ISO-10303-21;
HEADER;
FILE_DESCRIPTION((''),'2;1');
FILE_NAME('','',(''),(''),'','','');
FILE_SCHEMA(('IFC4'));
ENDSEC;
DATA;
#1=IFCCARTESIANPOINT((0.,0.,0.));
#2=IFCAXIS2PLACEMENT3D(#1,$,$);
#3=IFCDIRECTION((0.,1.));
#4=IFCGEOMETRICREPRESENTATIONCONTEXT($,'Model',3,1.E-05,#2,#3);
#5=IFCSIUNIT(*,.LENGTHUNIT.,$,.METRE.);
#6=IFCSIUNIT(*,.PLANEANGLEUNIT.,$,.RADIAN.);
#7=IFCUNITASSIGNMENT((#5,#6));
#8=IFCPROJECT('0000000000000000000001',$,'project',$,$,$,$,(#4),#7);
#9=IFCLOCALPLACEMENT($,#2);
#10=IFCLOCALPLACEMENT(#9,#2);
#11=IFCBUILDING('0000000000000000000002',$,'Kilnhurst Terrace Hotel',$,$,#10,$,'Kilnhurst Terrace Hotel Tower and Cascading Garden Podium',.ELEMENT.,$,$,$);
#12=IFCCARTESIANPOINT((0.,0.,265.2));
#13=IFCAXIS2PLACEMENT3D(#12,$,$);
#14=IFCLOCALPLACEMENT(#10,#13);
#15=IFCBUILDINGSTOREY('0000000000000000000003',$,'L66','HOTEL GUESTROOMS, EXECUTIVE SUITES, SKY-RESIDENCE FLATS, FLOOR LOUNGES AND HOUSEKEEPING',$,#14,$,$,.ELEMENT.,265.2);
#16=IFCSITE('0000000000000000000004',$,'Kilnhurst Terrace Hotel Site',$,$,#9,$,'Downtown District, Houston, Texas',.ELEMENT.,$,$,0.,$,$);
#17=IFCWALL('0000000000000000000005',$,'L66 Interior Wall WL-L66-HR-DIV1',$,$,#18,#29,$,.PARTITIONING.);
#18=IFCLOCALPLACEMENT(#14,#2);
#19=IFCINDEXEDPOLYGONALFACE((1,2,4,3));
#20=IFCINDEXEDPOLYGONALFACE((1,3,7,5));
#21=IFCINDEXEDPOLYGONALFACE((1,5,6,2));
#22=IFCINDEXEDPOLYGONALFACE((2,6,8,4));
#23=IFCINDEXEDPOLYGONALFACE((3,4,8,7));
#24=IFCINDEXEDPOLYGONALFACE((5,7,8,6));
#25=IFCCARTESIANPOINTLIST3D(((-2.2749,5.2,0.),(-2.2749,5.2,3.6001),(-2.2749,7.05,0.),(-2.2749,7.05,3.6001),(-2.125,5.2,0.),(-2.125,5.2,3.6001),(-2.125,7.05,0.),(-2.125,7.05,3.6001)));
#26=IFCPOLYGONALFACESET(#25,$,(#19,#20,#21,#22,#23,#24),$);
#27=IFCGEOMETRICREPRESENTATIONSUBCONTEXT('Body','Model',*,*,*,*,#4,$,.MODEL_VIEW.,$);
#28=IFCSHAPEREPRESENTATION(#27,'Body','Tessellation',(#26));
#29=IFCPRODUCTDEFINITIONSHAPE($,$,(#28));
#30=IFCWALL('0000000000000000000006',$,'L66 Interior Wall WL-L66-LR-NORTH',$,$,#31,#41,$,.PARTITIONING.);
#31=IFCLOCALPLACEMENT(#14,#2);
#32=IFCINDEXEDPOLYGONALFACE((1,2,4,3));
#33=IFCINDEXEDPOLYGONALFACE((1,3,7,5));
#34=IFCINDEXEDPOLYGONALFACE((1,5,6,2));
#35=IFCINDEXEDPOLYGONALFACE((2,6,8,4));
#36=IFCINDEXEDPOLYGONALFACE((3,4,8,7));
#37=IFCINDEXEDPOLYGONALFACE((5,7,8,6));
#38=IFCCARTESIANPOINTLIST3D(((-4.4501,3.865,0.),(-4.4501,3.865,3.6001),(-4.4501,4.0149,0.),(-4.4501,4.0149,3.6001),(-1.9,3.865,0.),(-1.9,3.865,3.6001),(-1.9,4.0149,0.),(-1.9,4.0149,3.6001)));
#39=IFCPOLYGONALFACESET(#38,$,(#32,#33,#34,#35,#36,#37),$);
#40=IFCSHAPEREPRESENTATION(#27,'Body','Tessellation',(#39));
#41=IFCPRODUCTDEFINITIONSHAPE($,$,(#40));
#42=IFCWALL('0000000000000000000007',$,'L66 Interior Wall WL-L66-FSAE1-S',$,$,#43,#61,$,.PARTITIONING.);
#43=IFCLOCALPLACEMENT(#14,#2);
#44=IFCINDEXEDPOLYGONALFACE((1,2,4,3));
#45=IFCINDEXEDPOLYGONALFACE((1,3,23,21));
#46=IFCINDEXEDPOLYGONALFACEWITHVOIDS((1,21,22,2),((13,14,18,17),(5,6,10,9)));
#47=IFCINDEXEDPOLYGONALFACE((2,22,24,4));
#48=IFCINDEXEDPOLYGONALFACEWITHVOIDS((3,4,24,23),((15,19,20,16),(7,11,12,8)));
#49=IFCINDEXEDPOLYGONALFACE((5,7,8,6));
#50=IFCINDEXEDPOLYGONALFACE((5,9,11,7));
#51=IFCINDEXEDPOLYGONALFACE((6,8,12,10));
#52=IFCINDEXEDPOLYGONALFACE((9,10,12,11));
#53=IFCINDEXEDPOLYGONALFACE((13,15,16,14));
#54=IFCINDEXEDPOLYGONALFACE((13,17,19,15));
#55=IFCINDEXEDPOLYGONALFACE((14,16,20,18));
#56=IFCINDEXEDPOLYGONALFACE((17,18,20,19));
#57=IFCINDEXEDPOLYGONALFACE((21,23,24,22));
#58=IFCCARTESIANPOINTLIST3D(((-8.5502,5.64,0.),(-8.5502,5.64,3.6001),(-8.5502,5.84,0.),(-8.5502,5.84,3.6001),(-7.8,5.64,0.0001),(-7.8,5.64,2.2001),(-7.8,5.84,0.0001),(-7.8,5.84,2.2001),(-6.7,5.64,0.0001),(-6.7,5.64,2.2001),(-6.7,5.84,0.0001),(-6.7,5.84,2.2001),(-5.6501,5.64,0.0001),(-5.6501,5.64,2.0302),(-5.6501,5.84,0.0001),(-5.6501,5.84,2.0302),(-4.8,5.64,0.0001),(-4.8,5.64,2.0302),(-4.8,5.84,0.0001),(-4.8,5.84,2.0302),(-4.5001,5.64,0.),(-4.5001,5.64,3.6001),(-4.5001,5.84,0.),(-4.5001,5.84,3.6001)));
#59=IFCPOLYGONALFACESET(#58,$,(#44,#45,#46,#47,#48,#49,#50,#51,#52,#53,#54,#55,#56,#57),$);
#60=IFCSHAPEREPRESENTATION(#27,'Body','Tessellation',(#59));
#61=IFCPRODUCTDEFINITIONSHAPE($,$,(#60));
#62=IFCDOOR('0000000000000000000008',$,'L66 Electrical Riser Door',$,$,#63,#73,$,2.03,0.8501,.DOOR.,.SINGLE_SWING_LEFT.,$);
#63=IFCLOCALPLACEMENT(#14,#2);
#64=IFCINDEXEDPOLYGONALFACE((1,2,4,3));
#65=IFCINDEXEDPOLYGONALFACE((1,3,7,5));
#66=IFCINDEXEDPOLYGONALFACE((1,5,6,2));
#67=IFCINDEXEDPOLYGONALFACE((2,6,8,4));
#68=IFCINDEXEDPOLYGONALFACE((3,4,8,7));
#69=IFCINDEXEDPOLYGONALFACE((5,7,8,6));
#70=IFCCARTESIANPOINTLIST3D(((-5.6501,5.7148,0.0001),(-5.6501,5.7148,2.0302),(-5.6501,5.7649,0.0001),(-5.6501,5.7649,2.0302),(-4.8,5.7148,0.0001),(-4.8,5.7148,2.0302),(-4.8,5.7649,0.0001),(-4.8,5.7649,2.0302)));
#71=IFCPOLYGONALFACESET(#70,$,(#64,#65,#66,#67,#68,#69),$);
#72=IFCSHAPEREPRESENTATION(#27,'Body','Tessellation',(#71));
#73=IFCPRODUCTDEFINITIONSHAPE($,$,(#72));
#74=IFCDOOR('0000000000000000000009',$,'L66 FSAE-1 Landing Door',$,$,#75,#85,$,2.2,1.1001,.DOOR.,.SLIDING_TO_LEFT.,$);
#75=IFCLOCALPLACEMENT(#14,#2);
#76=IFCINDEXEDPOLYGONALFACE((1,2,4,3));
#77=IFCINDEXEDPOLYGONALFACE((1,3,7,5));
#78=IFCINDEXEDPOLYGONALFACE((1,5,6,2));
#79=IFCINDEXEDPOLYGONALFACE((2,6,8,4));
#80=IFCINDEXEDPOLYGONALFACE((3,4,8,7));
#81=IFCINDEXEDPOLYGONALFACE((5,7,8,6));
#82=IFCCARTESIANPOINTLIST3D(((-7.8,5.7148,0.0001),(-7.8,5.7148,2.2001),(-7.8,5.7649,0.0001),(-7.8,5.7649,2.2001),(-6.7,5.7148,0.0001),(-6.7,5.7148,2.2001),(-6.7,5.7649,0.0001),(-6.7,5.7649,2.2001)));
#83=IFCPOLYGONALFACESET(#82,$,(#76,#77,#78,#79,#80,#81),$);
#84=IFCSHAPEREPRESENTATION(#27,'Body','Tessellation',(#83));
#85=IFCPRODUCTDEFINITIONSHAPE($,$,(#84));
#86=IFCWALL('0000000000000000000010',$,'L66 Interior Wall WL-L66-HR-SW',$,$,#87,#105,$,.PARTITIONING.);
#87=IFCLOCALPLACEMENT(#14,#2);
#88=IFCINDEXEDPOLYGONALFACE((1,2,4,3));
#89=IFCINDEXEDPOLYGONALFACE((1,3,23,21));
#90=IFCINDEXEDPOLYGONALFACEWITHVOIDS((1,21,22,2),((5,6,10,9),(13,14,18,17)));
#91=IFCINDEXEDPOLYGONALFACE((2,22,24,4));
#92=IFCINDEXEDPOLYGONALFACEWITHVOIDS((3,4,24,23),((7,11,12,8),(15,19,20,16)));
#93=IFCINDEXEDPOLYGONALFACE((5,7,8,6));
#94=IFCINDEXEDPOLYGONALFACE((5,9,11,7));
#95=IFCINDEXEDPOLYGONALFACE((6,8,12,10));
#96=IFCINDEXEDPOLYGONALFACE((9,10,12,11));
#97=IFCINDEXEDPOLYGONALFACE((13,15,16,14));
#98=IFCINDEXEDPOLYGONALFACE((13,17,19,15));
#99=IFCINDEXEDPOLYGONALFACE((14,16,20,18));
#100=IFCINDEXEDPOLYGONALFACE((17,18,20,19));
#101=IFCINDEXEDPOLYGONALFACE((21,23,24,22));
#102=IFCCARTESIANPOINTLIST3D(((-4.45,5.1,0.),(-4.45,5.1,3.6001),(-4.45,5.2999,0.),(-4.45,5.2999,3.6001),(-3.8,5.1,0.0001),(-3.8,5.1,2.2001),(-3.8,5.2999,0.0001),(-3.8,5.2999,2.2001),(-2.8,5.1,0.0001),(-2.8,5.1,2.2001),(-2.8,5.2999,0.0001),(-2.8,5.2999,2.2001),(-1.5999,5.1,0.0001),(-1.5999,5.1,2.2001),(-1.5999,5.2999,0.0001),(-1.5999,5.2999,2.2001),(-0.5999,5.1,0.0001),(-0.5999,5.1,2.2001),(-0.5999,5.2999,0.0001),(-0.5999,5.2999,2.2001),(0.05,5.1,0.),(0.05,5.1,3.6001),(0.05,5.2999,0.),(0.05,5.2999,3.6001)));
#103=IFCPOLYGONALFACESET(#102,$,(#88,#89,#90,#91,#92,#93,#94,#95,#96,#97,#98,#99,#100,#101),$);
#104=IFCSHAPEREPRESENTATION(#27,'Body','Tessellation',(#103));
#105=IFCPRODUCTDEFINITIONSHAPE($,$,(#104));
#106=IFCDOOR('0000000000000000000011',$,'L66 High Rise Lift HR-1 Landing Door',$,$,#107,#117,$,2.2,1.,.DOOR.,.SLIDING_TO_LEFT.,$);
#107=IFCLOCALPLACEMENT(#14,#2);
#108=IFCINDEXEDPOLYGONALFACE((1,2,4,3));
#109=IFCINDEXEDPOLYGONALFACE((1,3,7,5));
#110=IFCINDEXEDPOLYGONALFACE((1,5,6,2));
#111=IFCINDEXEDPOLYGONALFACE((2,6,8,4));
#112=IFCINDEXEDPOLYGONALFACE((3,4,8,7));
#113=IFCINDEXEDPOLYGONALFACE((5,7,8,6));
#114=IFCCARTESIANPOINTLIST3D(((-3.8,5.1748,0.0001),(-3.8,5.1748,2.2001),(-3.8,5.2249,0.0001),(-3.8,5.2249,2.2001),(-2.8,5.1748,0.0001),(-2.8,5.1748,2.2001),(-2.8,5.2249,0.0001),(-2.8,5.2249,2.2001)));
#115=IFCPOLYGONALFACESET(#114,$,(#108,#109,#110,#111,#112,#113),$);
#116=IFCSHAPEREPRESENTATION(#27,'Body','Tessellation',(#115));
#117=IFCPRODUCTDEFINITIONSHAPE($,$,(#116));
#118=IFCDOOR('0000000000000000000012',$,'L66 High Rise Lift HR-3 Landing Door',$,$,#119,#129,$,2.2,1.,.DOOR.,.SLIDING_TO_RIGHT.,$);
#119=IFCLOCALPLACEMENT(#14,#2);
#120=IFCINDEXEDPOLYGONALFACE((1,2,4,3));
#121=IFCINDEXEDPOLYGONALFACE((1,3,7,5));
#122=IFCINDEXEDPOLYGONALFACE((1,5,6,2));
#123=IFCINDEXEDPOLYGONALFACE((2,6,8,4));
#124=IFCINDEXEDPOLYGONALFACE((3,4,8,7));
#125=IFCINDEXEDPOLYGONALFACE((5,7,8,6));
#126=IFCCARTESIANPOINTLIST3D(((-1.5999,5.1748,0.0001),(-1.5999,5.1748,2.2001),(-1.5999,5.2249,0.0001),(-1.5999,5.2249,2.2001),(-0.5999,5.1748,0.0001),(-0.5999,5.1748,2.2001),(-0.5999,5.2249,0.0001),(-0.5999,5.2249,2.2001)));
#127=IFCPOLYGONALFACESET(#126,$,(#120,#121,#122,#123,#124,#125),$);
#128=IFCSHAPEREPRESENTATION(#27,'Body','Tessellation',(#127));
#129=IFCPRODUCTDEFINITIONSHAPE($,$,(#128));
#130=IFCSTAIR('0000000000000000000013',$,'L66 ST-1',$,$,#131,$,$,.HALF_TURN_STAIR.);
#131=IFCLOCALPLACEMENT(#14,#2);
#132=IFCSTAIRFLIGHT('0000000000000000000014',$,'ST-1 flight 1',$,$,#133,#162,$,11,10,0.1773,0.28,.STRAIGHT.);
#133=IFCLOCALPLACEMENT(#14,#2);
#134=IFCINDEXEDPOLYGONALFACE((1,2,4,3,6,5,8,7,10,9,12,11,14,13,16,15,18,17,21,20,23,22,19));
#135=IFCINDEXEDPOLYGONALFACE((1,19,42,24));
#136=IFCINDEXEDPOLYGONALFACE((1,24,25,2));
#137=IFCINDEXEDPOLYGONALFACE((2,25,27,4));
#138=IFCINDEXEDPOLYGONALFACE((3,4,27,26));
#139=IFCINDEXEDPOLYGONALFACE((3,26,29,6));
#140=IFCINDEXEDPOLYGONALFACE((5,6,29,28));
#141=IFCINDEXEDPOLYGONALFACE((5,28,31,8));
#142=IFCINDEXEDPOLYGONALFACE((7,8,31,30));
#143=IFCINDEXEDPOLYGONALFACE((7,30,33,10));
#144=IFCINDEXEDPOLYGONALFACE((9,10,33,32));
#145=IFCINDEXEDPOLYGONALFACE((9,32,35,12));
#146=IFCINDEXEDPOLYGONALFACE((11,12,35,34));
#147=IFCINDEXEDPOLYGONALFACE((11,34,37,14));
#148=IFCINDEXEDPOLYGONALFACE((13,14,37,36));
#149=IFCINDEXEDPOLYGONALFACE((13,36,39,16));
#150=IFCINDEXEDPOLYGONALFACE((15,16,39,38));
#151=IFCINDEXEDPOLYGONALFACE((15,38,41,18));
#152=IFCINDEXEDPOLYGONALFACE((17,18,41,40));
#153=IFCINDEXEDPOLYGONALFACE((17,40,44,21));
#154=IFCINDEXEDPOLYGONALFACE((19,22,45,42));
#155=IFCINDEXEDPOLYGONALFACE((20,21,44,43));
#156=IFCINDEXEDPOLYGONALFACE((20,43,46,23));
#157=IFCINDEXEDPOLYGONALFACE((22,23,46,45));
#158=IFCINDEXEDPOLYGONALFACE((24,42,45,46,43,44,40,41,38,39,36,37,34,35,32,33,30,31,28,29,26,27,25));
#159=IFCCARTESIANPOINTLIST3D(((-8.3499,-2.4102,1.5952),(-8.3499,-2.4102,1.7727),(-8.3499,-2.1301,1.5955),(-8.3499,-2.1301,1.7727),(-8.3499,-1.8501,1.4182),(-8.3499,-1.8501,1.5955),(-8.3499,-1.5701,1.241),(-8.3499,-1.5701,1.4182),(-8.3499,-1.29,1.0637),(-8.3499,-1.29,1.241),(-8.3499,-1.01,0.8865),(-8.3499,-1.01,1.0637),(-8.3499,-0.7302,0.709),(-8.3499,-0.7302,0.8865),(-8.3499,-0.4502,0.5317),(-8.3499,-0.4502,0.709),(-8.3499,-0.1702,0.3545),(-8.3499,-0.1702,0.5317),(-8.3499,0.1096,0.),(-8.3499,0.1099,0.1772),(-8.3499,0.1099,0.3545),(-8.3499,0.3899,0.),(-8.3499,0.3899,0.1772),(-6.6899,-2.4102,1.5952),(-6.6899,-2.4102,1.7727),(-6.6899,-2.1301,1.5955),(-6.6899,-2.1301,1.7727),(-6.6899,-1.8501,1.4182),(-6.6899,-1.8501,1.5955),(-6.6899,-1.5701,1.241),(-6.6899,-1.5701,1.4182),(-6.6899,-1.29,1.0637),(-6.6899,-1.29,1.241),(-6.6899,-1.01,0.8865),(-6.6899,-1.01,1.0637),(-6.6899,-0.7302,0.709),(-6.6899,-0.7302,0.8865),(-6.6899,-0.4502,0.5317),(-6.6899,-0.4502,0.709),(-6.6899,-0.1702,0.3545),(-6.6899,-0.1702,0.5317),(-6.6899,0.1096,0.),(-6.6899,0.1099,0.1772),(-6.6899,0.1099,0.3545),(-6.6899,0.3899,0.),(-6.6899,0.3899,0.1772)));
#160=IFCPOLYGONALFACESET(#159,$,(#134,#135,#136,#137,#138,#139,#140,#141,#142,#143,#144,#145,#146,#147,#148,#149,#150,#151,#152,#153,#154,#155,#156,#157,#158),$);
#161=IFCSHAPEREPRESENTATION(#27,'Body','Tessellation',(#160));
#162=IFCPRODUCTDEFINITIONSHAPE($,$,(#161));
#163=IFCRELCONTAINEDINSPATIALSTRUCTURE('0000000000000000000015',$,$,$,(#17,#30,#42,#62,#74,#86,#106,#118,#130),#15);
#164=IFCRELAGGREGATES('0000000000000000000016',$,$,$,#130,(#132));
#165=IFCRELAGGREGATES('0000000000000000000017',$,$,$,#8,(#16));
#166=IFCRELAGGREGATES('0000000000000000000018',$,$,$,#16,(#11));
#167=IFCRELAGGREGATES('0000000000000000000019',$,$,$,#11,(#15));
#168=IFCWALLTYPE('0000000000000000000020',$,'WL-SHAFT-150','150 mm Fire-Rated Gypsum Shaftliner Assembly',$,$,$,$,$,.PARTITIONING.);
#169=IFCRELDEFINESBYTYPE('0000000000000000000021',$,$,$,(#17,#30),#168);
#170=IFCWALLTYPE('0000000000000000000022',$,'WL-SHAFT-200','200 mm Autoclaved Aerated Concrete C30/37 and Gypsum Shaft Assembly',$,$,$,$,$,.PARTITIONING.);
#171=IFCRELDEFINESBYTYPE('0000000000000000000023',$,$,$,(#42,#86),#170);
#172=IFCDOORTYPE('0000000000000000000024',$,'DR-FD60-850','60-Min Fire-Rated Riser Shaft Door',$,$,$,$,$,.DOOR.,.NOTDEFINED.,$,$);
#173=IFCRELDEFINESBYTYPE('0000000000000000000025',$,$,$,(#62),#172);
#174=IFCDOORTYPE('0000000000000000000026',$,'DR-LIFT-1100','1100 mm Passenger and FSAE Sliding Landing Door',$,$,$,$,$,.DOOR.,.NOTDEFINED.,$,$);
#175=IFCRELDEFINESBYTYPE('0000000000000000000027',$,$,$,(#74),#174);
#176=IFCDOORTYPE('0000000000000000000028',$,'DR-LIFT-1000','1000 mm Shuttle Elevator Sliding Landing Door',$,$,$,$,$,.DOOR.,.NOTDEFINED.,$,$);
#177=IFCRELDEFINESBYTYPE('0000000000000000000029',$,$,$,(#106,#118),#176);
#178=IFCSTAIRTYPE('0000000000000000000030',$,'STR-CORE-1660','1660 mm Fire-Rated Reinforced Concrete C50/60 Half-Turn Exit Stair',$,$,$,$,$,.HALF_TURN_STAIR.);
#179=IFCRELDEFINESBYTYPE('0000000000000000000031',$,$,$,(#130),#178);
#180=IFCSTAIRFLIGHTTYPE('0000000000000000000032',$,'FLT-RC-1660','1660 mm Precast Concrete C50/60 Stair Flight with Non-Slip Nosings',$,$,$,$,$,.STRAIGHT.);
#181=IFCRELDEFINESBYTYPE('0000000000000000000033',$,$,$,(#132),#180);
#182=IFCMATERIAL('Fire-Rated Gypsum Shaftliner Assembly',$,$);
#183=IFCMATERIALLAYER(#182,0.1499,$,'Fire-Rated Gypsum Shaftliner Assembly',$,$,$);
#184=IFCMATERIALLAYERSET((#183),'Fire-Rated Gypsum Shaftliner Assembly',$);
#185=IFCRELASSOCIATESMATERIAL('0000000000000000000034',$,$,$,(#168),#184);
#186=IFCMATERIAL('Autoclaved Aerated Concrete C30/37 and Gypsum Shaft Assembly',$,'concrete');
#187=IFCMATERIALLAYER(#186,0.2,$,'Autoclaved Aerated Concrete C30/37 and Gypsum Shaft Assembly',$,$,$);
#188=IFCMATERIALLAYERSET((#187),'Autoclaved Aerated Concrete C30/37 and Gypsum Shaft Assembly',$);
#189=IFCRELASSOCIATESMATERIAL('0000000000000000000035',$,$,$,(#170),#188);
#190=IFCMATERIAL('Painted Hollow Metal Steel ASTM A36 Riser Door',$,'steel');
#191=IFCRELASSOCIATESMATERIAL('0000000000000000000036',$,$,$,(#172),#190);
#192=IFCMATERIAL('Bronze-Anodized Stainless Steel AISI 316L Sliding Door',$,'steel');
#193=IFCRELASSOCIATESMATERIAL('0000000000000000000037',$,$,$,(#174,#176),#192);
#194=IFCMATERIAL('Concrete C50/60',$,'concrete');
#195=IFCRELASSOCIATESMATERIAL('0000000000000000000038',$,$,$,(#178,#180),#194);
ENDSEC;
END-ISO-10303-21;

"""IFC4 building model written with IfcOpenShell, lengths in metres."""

from ifc_helpers import new_model, si_unit, direction, frame, frame_2d, origin, place, context, subcontext, project, spatial, polyline, rectangle, outline, extrude, material, layer, layer_set, type_object, element, fill, aggregate, save


model = new_model("IFC4")

# Units and contexts
model_context = context("Model", 3, precision=1e-05, world=origin(), true_north=direction((0.0, 1.0)))
body_context = subcontext(model_context, "Body", "Model", "MODEL_VIEW")
ifc_project = project(units=[si_unit("LENGTHUNIT", "METRE"), si_unit("PLANEANGLEUNIT", "RADIAN")], contexts=[model_context])

# Site, building, storey
site_placement = place(None, origin())
site = spatial("IfcSite", under=ifc_project, at=site_placement, Name="Kilnhurst Terrace Hotel Site", LongName="Downtown District, Houston, Texas", CompositionType="ELEMENT", RefElevation=0.0)
building_placement = place(site_placement, origin())
building = spatial("IfcBuilding", under=site, at=building_placement, Name="Kilnhurst Terrace Hotel", LongName="Kilnhurst Terrace Hotel Tower and Cascading Garden Podium", CompositionType="ELEMENT")
storey_placement = place(building_placement, frame((0.0, 0.0, 265.2)))
storey = spatial("IfcBuildingStorey", under=building, at=storey_placement, Name="L66", Description="HOTEL GUESTROOMS, EXECUTIVE SUITES, SKY-RESIDENCE FLATS, FLOOR LOUNGES AND HOUSEKEEPING", CompositionType="ELEMENT", Elevation=265.2)

# Shared definitions
ifc_material_1 = material(Name="Concrete C50/60", Category="concrete")

# Walls
ifc_material_2 = material(Name="Fire-Rated Gypsum Shaftliner Assembly")
ifc_layer_1 = layer(ifc_material_2, 0.1499, Name="Fire-Rated Gypsum Shaftliner Assembly")
ifc_layer_set_1 = layer_set([ifc_layer_1], Name="Fire-Rated Gypsum Shaftliner Assembly")
wall_type_1 = type_object("IfcWallType", Name="WL-SHAFT-150", Description="150 mm Fire-Rated Gypsum Shaftliner Assembly", PredefinedType="PARTITIONING", material=ifc_layer_set_1)
wall_1_placement = place(storey_placement, frame((-2.2, 5.2, 0.0), z_axis=(0.0, 0.0, 1.0), x_axis=(0.0, 1.0, 0.0)))
element("IfcWall", 1, at=wall_1_placement, inside=storey, type_object=wall_type_1, Name="L66 Interior Wall WL-L66-HR-DIV1", PredefinedType="PARTITIONING", context=body_context, shape_type="SweptSolid", body=[
    extrude(rectangle(XDim=1.8501, YDim=0.1499, at=frame_2d((0.925, 0.0))), origin(), (0.0, 0.0, 1.0), 3.6001),
])
wall_2_placement = place(storey_placement, frame((-4.45, 3.9399, 0.0), z_axis=(0.0, 0.0, 1.0), x_axis=(1.0, 0.0, 0.0)))
element("IfcWall", 2, at=wall_2_placement, inside=storey, type_object=wall_type_1, Name="L66 Interior Wall WL-L66-LR-NORTH", PredefinedType="PARTITIONING", context=body_context, shape_type="SweptSolid", body=[
    extrude(rectangle(XDim=2.55, YDim=0.1499, at=frame_2d((1.2749, 0.0))), origin(), (0.0, 0.0, 1.0), 3.6001),
])

# Walls, openings, doors
ifc_material_3 = material(Name="Autoclaved Aerated Concrete C30/37 and Gypsum Shaft Assembly", Category="concrete")
ifc_layer_2 = layer(ifc_material_3, 0.2, Name="Autoclaved Aerated Concrete C30/37 and Gypsum Shaft Assembly")
ifc_layer_set_2 = layer_set([ifc_layer_2], Name="Autoclaved Aerated Concrete C30/37 and Gypsum Shaft Assembly")
wall_type_2 = type_object("IfcWallType", Name="WL-SHAFT-200", Description="200 mm Autoclaved Aerated Concrete C30/37 and Gypsum Shaft Assembly", PredefinedType="PARTITIONING", material=ifc_layer_set_2)
wall_3_placement = place(storey_placement, frame((-8.55, 5.74, 0.0), z_axis=(0.0, 0.0, 1.0), x_axis=(1.0, 0.0, 0.0)))
wall_3 = element("IfcWall", 3, at=wall_3_placement, inside=storey, type_object=wall_type_2, Name="L66 Interior Wall WL-L66-FSAE1-S", PredefinedType="PARTITIONING", context=body_context, shape_type="SweptSolid", body=[
    extrude(rectangle(XDim=4.05, YDim=0.2, at=frame_2d((2.0249, 0.0))), origin(), (0.0, 0.0, 1.0), 3.6001),
])
opening_1_placement = place(wall_3_placement, frame((0.75, 0.0, 0.0)))
opening_1 = element("IfcOpeningElement", 4, at=opening_1_placement, cuts=wall_3, PredefinedType="OPENING", context=body_context, shape_type="SweptSolid", body=[
    extrude(rectangle(XDim=1.1001, YDim=2.2, at=frame_2d((0.55, 1.1001))), frame((0.0, 0.1099, 0.0), z_axis=(0.0, -1.0, 0.0), x_axis=(1.0, 0.0, 0.0)), (0.0, 0.0, 1.0), 0.22),
])
opening_2_placement = place(wall_3_placement, frame((2.8999, 0.0, 0.0)))
opening_2 = element("IfcOpeningElement", 5, at=opening_2_placement, cuts=wall_3, PredefinedType="OPENING", context=body_context, shape_type="SweptSolid", body=[
    extrude(rectangle(XDim=0.8501, YDim=2.03, at=frame_2d((0.425, 1.0151))), frame((0.0, 0.1099, 0.0), z_axis=(0.0, -1.0, 0.0), x_axis=(1.0, 0.0, 0.0)), (0.0, 0.0, 1.0), 0.22),
])
ifc_material_4 = material(Name="Painted Hollow Metal Steel ASTM A36 Riser Door", Category="steel")
door_type_1 = type_object("IfcDoorType", Name="DR-FD60-850", Description="60-Min Fire-Rated Riser Shaft Door", OperationType="NOTDEFINED", PredefinedType="DOOR", material=ifc_material_4)
door_1_placement = place(opening_2_placement, origin())
door_1 = element("IfcDoor", 6, at=door_1_placement, inside=storey, type_object=door_type_1, Name="L66 Electrical Riser Door", OperationType="SINGLE_SWING_LEFT", OverallHeight=2.03, OverallWidth=0.8501, PredefinedType="DOOR", context=body_context, shape_type="SweptSolid", body=[
    extrude(rectangle(XDim=0.8501, YDim=2.03, at=frame_2d((0.425, 1.0151))), frame((0.0, 0.0249, 0.0), z_axis=(0.0, -1.0, 0.0), x_axis=(1.0, 0.0, 0.0)), (0.0, 0.0, 1.0), 0.05),
])
fill(opening_2, door_1)
ifc_material_5 = material(Name="Bronze-Anodized Stainless Steel AISI 316L Sliding Door", Category="steel")
door_type_2 = type_object("IfcDoorType", Name="DR-LIFT-1100", Description="1100 mm Passenger and FSAE Sliding Landing Door", OperationType="NOTDEFINED", PredefinedType="DOOR", material=ifc_material_5)
door_2_placement = place(opening_1_placement, origin())
door_2 = element("IfcDoor", 7, at=door_2_placement, inside=storey, type_object=door_type_2, Name="L66 FSAE-1 Landing Door", OperationType="SLIDING_TO_LEFT", OverallHeight=2.2, OverallWidth=1.1001, PredefinedType="DOOR", context=body_context, shape_type="SweptSolid", body=[
    extrude(rectangle(XDim=1.1001, YDim=2.2, at=frame_2d((0.55, 1.1001))), frame((0.0, 0.0249, 0.0), z_axis=(0.0, -1.0, 0.0), x_axis=(1.0, 0.0, 0.0)), (0.0, 0.0, 1.0), 0.05),
])
fill(opening_1, door_2)
wall_4_placement = place(storey_placement, frame((-4.45, 5.2, 0.0), z_axis=(0.0, 0.0, 1.0), x_axis=(1.0, 0.0, 0.0)))
wall_4 = element("IfcWall", 8, at=wall_4_placement, inside=storey, type_object=wall_type_2, Name="L66 Interior Wall WL-L66-HR-SW", PredefinedType="PARTITIONING", context=body_context, shape_type="SweptSolid", body=[
    extrude(rectangle(XDim=4.5, YDim=0.2, at=frame_2d((2.25, 0.0))), origin(), (0.0, 0.0, 1.0), 3.6001),
])
opening_3_placement = place(wall_4_placement, frame((0.6499, 0.0, 0.0)))
opening_3 = element("IfcOpeningElement", 9, at=opening_3_placement, cuts=wall_4, PredefinedType="OPENING", context=body_context, shape_type="SweptSolid", body=[
    extrude(rectangle(XDim=1.0, YDim=2.2, at=frame_2d((0.5, 1.1001))), frame((0.0, 0.1099, 0.0), z_axis=(0.0, -1.0, 0.0), x_axis=(1.0, 0.0, 0.0)), (0.0, 0.0, 1.0), 0.22),
])
opening_4_placement = place(wall_4_placement, frame((2.8501, 0.0, 0.0)))
opening_4 = element("IfcOpeningElement", 10, at=opening_4_placement, cuts=wall_4, PredefinedType="OPENING", context=body_context, shape_type="SweptSolid", body=[
    extrude(rectangle(XDim=1.0, YDim=2.2, at=frame_2d((0.5, 1.1001))), frame((0.0, 0.1099, 0.0), z_axis=(0.0, -1.0, 0.0), x_axis=(1.0, 0.0, 0.0)), (0.0, 0.0, 1.0), 0.22),
])
door_type_3 = type_object("IfcDoorType", Name="DR-LIFT-1000", Description="1000 mm Shuttle Elevator Sliding Landing Door", OperationType="NOTDEFINED", PredefinedType="DOOR", material=ifc_material_5)
door_3_placement = place(opening_3_placement, origin())
door_3 = element("IfcDoor", 11, at=door_3_placement, inside=storey, type_object=door_type_3, Name="L66 High Rise Lift HR-1 Landing Door", OperationType="SLIDING_TO_LEFT", OverallHeight=2.2, OverallWidth=1.0, PredefinedType="DOOR", context=body_context, shape_type="SweptSolid", body=[
    extrude(rectangle(XDim=1.0, YDim=2.2, at=frame_2d((0.5, 1.1001))), frame((0.0, 0.0249, 0.0), z_axis=(0.0, -1.0, 0.0), x_axis=(1.0, 0.0, 0.0)), (0.0, 0.0, 1.0), 0.05),
])
fill(opening_3, door_3)
door_4_placement = place(opening_4_placement, origin())
door_4 = element("IfcDoor", 12, at=door_4_placement, inside=storey, type_object=door_type_3, Name="L66 High Rise Lift HR-3 Landing Door", OperationType="SLIDING_TO_RIGHT", OverallHeight=2.2, OverallWidth=1.0, PredefinedType="DOOR", context=body_context, shape_type="SweptSolid", body=[
    extrude(rectangle(XDim=1.0, YDim=2.2, at=frame_2d((0.5, 1.1001))), frame((0.0, 0.0249, 0.0), z_axis=(0.0, -1.0, 0.0), x_axis=(1.0, 0.0, 0.0)), (0.0, 0.0, 1.0), 0.05),
])
fill(opening_4, door_4)

# Stair, stair flight
stair_type = type_object("IfcStairType", Name="STR-CORE-1660", Description="1660 mm Fire-Rated Reinforced Concrete C50/60 Half-Turn Exit Stair", PredefinedType="HALF_TURN_STAIR", material=ifc_material_1)
stair_placement = place(storey_placement, origin())
stair = element("IfcStair", 13, at=stair_placement, inside=storey, type_object=stair_type, Name="L66 ST-1", PredefinedType="HALF_TURN_STAIR")
stair_flight_type = type_object("IfcStairFlightType", Name="FLT-RC-1660", Description="1660 mm Precast Concrete C50/60 Stair Flight with Non-Slip Nosings", PredefinedType="STRAIGHT", material=ifc_material_1)
stair_flight_placement = place(storey_placement, frame((-7.52, 0.3899, 0.0), z_axis=(0.0, 0.0, 1.0), x_axis=(0.0, -1.0, 0.0)))
stair_flight = element("IfcStairFlight", 14, at=stair_flight_placement, type_object=stair_flight_type, Name="ST-1 flight 1", NumberOfRisers=11, NumberOfTreads=10, PredefinedType="STRAIGHT", RiserHeight=0.1773, TreadLength=0.28, context=body_context, shape_type="SweptSolid", body=[
    extrude(outline(polyline([(0.0, 0.0), (0.0, 0.1772), (0.28, 0.1772), (0.28, 0.3545), (0.5601, 0.3545), (0.5601, 0.5317), (0.8401, 0.5317), (0.8401, 0.709), (1.1201, 0.709), (1.1201, 0.8865), (1.3999, 0.8865), (1.3999, 1.0637), (1.6799, 1.0637), (1.6799, 1.241), (1.96, 1.241), (1.96, 1.4182), (2.24, 1.4182), (2.24, 1.5955), (2.52, 1.5955), (2.52, 1.7727), (2.8, 1.7727), (2.8, 1.95), (2.8, 1.5952), (0.2803, 0.0), (0.0, 0.0)])), frame((0.0, 0.8301, 0.0), z_axis=(0.0, -1.0, 0.0), x_axis=(1.0, 0.0, 0.0)), (0.0, 0.0, 1.0), 1.6599),
])
aggregate(stair, [stair_flight])

save(model, "model.ifc")
